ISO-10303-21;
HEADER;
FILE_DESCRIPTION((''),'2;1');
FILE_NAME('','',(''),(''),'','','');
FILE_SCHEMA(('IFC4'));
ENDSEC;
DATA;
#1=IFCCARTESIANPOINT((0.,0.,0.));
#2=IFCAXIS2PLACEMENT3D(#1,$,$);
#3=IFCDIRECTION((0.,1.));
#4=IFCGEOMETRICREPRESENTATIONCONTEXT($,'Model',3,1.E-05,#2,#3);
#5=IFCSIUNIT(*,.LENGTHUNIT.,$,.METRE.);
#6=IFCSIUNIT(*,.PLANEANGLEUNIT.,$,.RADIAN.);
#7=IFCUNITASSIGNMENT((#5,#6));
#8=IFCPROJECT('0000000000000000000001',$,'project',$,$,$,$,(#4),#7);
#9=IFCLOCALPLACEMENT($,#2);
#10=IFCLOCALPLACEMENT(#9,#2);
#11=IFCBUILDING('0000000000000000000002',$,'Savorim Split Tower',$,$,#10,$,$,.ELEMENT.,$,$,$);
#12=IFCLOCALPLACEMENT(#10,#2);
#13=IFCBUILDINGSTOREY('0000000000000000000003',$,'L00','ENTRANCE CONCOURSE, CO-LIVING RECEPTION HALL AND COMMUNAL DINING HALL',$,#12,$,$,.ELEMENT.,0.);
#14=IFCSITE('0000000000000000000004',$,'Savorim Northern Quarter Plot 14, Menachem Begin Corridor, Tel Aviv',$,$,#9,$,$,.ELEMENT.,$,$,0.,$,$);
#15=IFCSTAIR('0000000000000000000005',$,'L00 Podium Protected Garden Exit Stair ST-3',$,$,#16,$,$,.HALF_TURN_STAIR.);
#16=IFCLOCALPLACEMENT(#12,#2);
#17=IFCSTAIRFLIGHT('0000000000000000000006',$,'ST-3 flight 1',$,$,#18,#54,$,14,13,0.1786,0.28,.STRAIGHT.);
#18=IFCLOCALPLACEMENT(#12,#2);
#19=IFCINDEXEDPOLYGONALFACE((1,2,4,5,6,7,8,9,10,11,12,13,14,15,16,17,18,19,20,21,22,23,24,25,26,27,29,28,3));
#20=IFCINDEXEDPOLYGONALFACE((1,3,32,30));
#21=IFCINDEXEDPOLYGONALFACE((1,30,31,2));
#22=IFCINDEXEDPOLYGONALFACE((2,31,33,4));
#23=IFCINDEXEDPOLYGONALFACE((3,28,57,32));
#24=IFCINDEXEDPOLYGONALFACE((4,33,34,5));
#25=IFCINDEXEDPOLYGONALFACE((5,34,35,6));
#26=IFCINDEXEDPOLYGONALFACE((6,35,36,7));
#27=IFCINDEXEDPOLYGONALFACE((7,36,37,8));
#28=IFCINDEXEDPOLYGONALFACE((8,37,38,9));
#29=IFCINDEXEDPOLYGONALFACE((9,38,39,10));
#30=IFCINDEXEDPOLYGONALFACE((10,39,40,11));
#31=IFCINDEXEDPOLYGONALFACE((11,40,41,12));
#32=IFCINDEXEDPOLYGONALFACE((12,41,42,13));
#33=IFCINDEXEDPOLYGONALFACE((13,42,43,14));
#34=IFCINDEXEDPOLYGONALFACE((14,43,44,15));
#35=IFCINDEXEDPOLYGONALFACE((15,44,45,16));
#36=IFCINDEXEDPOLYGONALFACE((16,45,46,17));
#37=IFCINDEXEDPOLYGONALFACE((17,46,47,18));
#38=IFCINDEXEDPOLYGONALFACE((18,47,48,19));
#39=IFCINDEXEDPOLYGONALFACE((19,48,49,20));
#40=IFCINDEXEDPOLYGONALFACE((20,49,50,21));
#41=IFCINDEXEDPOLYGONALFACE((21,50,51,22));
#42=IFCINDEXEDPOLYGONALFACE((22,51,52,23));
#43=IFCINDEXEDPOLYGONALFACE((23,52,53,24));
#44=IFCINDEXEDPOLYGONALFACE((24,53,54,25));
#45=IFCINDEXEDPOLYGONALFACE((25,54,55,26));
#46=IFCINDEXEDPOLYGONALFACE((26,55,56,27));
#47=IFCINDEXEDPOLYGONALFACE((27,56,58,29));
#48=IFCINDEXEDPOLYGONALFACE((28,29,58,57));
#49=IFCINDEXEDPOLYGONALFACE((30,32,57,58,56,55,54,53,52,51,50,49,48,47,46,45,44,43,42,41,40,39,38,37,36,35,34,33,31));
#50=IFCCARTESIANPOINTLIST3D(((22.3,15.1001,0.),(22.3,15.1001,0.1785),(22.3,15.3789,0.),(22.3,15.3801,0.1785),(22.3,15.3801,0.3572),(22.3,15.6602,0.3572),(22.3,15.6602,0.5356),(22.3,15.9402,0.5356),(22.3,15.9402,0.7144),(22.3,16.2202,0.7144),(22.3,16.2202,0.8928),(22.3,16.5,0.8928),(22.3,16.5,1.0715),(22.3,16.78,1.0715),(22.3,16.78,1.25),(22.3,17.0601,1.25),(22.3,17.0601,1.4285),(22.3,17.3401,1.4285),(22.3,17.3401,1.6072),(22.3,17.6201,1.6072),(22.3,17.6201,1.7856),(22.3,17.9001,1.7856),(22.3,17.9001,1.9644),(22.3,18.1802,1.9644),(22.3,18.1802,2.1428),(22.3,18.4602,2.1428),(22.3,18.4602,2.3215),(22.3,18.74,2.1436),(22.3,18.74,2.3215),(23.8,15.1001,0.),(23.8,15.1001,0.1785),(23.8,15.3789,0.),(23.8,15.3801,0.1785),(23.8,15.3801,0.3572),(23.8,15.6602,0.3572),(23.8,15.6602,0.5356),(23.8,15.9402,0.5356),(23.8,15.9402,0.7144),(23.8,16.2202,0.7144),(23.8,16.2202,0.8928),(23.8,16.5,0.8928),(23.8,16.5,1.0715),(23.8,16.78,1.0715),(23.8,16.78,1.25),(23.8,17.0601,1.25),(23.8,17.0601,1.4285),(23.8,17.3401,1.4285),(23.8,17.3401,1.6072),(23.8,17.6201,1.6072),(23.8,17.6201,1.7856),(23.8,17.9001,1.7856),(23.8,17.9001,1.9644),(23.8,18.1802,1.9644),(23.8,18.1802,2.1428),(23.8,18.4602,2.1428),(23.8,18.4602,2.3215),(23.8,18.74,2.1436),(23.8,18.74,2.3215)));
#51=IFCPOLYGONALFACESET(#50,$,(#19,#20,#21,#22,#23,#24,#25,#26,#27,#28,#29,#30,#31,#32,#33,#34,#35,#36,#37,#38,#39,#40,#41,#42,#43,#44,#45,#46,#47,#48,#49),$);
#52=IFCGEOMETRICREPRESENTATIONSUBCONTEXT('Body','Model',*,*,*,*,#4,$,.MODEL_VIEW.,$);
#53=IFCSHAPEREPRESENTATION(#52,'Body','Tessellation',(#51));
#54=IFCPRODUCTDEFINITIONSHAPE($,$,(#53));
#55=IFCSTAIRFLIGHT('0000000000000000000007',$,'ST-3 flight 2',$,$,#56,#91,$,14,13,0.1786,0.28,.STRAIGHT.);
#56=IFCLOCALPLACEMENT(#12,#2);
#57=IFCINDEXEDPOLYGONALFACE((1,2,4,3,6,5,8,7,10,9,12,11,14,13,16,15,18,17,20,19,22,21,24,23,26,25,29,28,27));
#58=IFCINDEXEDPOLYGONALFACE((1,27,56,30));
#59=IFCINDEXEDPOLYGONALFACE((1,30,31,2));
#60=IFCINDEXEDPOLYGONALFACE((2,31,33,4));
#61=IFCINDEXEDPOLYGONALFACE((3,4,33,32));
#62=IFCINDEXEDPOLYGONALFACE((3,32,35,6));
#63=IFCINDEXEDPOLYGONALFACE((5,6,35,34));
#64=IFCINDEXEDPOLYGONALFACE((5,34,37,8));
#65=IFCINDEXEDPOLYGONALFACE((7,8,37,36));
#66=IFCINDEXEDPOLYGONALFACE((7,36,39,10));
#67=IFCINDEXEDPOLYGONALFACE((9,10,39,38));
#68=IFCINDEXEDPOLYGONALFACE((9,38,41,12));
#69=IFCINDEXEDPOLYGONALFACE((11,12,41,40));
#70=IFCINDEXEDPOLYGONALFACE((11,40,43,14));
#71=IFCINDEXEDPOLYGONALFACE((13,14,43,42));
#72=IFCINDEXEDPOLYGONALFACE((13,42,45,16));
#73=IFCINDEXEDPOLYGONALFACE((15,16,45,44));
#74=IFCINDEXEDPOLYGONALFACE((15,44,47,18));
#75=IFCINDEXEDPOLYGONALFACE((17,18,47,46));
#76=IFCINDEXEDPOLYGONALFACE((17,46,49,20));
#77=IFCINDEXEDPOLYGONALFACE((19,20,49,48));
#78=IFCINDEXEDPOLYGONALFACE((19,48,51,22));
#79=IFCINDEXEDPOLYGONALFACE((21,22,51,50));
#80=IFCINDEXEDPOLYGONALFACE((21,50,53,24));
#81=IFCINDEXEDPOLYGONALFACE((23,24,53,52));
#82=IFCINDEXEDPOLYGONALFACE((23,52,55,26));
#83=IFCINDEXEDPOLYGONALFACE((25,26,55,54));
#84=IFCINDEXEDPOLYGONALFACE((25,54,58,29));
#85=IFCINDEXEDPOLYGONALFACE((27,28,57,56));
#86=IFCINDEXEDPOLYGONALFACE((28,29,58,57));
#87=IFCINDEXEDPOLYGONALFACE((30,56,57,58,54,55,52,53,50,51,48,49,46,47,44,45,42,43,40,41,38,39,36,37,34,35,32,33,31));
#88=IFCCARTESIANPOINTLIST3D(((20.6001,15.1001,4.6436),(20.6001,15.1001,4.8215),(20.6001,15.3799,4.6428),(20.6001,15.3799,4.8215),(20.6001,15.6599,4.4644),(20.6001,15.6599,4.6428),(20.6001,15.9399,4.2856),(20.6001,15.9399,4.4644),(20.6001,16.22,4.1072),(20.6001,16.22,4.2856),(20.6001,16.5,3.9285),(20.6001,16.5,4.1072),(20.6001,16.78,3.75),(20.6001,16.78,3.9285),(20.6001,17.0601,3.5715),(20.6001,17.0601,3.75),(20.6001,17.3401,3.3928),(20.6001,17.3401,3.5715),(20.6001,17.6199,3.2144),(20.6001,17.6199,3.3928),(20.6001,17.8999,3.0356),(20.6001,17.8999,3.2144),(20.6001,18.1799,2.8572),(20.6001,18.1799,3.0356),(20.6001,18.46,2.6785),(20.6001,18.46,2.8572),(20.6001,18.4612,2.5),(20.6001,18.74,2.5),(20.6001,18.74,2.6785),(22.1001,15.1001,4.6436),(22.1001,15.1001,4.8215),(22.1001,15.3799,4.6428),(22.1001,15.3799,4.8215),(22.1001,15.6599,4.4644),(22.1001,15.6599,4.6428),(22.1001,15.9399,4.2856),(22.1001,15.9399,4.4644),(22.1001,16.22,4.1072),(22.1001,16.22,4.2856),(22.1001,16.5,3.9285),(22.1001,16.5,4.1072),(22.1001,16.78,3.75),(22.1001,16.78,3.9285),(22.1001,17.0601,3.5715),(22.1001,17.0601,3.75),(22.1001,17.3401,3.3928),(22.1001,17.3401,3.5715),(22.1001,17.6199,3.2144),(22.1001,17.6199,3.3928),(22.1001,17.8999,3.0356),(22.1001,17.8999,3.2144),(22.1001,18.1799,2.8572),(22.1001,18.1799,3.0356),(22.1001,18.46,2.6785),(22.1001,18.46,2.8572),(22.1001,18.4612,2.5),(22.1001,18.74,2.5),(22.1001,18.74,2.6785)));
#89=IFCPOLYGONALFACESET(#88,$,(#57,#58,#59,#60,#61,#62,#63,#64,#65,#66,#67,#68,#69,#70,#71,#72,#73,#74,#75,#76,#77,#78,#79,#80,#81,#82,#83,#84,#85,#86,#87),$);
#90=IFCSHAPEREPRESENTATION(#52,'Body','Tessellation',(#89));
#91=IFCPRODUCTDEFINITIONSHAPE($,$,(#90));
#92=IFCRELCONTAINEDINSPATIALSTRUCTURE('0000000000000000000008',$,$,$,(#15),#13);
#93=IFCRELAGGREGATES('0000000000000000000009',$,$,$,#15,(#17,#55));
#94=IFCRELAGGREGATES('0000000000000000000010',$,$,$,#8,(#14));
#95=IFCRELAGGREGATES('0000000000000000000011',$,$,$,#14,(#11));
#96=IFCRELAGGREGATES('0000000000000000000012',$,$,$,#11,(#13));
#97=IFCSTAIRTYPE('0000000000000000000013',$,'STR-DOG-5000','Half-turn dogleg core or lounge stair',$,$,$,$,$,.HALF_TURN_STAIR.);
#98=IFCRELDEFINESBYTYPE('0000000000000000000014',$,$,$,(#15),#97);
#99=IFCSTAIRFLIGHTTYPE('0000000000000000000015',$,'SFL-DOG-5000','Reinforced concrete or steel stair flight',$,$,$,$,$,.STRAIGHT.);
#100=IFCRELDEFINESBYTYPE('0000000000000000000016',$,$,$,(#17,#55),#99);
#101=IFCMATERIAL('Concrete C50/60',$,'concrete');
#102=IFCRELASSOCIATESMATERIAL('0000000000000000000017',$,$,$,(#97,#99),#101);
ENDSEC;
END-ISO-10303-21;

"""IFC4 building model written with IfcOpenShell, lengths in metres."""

from ifc_helpers import new_model, si_unit, direction, frame, origin, place, context, subcontext, project, spatial, polyline, outline, extrude, material, type_object, element, aggregate, save


model = new_model("IFC4")

# Units and contexts
model_context = context("Model", 3, precision=1e-05, world=origin(), true_north=direction((0.0, 1.0)))
body_context = subcontext(model_context, "Body", "Model", "MODEL_VIEW")
ifc_project = project(units=[si_unit("LENGTHUNIT", "METRE"), si_unit("PLANEANGLEUNIT", "RADIAN")], contexts=[model_context])

# Site, building, storey
site_placement = place(None, origin())
site = spatial("IfcSite", under=ifc_project, at=site_placement, Name="Savorim Northern Quarter Plot 14, Menachem Begin Corridor, Tel Aviv", CompositionType="ELEMENT", RefElevation=0.0)
building_placement = place(site_placement, origin())
building = spatial("IfcBuilding", under=site, at=building_placement, Name="Savorim Split Tower", CompositionType="ELEMENT")
storey_placement = place(building_placement, origin())
storey = spatial("IfcBuildingStorey", under=building, at=storey_placement, Name="L00", Description="ENTRANCE CONCOURSE, CO-LIVING RECEPTION HALL AND COMMUNAL DINING HALL", CompositionType="ELEMENT", Elevation=0.0)

# Shared definitions
ifc_material_1 = material(Name="Concrete C50/60", Category="concrete")

# Stair, stair flights
stair_type = type_object("IfcStairType", Name="STR-DOG-5000", Description="Half-turn dogleg core or lounge stair", PredefinedType="HALF_TURN_STAIR", material=ifc_material_1)
stair_placement = place(storey_placement, origin())
stair = element("IfcStair", 1, at=stair_placement, inside=storey, type_object=stair_type, Name="L00 Podium Protected Garden Exit Stair ST-3", PredefinedType="HALF_TURN_STAIR")
stair_flight_type = type_object("IfcStairFlightType", Name="SFL-DOG-5000", Description="Reinforced concrete or steel stair flight", PredefinedType="STRAIGHT", material=ifc_material_1)
stair_flight_1_placement = place(storey_placement, frame((23.05, 15.1001, 0.0), z_axis=(0.0, 0.0, 1.0), x_axis=(0.0, 1.0, 0.0)))
stair_flight_1 = element("IfcStairFlight", 2, at=stair_flight_1_placement, type_object=stair_flight_type, Name="ST-3 flight 1", NumberOfRisers=14, NumberOfTreads=13, PredefinedType="STRAIGHT", RiserHeight=0.1786, TreadLength=0.28, context=body_context, shape_type="SweptSolid", body=[
    extrude(outline(polyline([(0.0, 0.0), (0.0, 0.1785), (0.28, 0.1785), (0.28, 0.3572), (0.5601, 0.3572), (0.5601, 0.5356), (0.8401, 0.5356), (0.8401, 0.7144), (1.1201, 0.7144), (1.1201, 0.8928), (1.3999, 0.8928), (1.3999, 1.0715), (1.6799, 1.0715), (1.6799, 1.25), (1.96, 1.25), (1.96, 1.4285), (2.24, 1.4285), (2.24, 1.6072), (2.52, 1.6072), (2.52, 1.7856), (2.8, 1.7856), (2.8, 1.9644), (3.0801, 1.9644), (3.0801, 2.1428), (3.3601, 2.1428), (3.3601, 2.3215), (3.6399, 2.3215), (3.6399, 2.5), (3.6399, 2.1436), (0.2788, 0.0), (0.0, 0.0)])), frame((0.0, 0.75, 0.0), z_axis=(0.0, -1.0, 0.0), x_axis=(1.0, 0.0, 0.0)), (0.0, 0.0, 1.0), 1.5),
])
stair_flight_2_placement = place(storey_placement, frame((21.3501, 18.74, 2.5), z_axis=(0.0, 0.0, 1.0), x_axis=(0.0, -1.0, 0.0)))
stair_flight_2 = element("IfcStairFlight", 3, at=stair_flight_2_placement, type_object=stair_flight_type, Name="ST-3 flight 2", NumberOfRisers=14, NumberOfTreads=13, PredefinedType="STRAIGHT", RiserHeight=0.1786, TreadLength=0.28, context=body_context, shape_type="SweptSolid", body=[
    extrude(outline(polyline([(0.0, 0.0), (0.0, 0.1785), (0.28, 0.1785), (0.28, 0.3572), (0.5601, 0.3572), (0.5601, 0.5356), (0.8401, 0.5356), (0.8401, 0.7144), (1.1201, 0.7144), (1.1201, 0.8928), (1.3999, 0.8928), (1.3999, 1.0715), (1.6799, 1.0715), (1.6799, 1.25), (1.96, 1.25), (1.96, 1.4285), (2.24, 1.4285), (2.24, 1.6072), (2.52, 1.6072), (2.52, 1.7856), (2.8, 1.7856), (2.8, 1.9644), (3.0801, 1.9644), (3.0801, 2.1428), (3.3601, 2.1428), (3.3601, 2.3215), (3.6399, 2.3215), (3.6399, 2.5), (3.6399, 2.1436), (0.2788, 0.0), (0.0, 0.0)])), frame((0.0, 0.75, 0.0), z_axis=(0.0, -1.0, 0.0), x_axis=(1.0, 0.0, 0.0)), (0.0, 0.0, 1.0), 1.5),
])
aggregate(stair, [stair_flight_1, stair_flight_2])

save(model, "model.ifc")
